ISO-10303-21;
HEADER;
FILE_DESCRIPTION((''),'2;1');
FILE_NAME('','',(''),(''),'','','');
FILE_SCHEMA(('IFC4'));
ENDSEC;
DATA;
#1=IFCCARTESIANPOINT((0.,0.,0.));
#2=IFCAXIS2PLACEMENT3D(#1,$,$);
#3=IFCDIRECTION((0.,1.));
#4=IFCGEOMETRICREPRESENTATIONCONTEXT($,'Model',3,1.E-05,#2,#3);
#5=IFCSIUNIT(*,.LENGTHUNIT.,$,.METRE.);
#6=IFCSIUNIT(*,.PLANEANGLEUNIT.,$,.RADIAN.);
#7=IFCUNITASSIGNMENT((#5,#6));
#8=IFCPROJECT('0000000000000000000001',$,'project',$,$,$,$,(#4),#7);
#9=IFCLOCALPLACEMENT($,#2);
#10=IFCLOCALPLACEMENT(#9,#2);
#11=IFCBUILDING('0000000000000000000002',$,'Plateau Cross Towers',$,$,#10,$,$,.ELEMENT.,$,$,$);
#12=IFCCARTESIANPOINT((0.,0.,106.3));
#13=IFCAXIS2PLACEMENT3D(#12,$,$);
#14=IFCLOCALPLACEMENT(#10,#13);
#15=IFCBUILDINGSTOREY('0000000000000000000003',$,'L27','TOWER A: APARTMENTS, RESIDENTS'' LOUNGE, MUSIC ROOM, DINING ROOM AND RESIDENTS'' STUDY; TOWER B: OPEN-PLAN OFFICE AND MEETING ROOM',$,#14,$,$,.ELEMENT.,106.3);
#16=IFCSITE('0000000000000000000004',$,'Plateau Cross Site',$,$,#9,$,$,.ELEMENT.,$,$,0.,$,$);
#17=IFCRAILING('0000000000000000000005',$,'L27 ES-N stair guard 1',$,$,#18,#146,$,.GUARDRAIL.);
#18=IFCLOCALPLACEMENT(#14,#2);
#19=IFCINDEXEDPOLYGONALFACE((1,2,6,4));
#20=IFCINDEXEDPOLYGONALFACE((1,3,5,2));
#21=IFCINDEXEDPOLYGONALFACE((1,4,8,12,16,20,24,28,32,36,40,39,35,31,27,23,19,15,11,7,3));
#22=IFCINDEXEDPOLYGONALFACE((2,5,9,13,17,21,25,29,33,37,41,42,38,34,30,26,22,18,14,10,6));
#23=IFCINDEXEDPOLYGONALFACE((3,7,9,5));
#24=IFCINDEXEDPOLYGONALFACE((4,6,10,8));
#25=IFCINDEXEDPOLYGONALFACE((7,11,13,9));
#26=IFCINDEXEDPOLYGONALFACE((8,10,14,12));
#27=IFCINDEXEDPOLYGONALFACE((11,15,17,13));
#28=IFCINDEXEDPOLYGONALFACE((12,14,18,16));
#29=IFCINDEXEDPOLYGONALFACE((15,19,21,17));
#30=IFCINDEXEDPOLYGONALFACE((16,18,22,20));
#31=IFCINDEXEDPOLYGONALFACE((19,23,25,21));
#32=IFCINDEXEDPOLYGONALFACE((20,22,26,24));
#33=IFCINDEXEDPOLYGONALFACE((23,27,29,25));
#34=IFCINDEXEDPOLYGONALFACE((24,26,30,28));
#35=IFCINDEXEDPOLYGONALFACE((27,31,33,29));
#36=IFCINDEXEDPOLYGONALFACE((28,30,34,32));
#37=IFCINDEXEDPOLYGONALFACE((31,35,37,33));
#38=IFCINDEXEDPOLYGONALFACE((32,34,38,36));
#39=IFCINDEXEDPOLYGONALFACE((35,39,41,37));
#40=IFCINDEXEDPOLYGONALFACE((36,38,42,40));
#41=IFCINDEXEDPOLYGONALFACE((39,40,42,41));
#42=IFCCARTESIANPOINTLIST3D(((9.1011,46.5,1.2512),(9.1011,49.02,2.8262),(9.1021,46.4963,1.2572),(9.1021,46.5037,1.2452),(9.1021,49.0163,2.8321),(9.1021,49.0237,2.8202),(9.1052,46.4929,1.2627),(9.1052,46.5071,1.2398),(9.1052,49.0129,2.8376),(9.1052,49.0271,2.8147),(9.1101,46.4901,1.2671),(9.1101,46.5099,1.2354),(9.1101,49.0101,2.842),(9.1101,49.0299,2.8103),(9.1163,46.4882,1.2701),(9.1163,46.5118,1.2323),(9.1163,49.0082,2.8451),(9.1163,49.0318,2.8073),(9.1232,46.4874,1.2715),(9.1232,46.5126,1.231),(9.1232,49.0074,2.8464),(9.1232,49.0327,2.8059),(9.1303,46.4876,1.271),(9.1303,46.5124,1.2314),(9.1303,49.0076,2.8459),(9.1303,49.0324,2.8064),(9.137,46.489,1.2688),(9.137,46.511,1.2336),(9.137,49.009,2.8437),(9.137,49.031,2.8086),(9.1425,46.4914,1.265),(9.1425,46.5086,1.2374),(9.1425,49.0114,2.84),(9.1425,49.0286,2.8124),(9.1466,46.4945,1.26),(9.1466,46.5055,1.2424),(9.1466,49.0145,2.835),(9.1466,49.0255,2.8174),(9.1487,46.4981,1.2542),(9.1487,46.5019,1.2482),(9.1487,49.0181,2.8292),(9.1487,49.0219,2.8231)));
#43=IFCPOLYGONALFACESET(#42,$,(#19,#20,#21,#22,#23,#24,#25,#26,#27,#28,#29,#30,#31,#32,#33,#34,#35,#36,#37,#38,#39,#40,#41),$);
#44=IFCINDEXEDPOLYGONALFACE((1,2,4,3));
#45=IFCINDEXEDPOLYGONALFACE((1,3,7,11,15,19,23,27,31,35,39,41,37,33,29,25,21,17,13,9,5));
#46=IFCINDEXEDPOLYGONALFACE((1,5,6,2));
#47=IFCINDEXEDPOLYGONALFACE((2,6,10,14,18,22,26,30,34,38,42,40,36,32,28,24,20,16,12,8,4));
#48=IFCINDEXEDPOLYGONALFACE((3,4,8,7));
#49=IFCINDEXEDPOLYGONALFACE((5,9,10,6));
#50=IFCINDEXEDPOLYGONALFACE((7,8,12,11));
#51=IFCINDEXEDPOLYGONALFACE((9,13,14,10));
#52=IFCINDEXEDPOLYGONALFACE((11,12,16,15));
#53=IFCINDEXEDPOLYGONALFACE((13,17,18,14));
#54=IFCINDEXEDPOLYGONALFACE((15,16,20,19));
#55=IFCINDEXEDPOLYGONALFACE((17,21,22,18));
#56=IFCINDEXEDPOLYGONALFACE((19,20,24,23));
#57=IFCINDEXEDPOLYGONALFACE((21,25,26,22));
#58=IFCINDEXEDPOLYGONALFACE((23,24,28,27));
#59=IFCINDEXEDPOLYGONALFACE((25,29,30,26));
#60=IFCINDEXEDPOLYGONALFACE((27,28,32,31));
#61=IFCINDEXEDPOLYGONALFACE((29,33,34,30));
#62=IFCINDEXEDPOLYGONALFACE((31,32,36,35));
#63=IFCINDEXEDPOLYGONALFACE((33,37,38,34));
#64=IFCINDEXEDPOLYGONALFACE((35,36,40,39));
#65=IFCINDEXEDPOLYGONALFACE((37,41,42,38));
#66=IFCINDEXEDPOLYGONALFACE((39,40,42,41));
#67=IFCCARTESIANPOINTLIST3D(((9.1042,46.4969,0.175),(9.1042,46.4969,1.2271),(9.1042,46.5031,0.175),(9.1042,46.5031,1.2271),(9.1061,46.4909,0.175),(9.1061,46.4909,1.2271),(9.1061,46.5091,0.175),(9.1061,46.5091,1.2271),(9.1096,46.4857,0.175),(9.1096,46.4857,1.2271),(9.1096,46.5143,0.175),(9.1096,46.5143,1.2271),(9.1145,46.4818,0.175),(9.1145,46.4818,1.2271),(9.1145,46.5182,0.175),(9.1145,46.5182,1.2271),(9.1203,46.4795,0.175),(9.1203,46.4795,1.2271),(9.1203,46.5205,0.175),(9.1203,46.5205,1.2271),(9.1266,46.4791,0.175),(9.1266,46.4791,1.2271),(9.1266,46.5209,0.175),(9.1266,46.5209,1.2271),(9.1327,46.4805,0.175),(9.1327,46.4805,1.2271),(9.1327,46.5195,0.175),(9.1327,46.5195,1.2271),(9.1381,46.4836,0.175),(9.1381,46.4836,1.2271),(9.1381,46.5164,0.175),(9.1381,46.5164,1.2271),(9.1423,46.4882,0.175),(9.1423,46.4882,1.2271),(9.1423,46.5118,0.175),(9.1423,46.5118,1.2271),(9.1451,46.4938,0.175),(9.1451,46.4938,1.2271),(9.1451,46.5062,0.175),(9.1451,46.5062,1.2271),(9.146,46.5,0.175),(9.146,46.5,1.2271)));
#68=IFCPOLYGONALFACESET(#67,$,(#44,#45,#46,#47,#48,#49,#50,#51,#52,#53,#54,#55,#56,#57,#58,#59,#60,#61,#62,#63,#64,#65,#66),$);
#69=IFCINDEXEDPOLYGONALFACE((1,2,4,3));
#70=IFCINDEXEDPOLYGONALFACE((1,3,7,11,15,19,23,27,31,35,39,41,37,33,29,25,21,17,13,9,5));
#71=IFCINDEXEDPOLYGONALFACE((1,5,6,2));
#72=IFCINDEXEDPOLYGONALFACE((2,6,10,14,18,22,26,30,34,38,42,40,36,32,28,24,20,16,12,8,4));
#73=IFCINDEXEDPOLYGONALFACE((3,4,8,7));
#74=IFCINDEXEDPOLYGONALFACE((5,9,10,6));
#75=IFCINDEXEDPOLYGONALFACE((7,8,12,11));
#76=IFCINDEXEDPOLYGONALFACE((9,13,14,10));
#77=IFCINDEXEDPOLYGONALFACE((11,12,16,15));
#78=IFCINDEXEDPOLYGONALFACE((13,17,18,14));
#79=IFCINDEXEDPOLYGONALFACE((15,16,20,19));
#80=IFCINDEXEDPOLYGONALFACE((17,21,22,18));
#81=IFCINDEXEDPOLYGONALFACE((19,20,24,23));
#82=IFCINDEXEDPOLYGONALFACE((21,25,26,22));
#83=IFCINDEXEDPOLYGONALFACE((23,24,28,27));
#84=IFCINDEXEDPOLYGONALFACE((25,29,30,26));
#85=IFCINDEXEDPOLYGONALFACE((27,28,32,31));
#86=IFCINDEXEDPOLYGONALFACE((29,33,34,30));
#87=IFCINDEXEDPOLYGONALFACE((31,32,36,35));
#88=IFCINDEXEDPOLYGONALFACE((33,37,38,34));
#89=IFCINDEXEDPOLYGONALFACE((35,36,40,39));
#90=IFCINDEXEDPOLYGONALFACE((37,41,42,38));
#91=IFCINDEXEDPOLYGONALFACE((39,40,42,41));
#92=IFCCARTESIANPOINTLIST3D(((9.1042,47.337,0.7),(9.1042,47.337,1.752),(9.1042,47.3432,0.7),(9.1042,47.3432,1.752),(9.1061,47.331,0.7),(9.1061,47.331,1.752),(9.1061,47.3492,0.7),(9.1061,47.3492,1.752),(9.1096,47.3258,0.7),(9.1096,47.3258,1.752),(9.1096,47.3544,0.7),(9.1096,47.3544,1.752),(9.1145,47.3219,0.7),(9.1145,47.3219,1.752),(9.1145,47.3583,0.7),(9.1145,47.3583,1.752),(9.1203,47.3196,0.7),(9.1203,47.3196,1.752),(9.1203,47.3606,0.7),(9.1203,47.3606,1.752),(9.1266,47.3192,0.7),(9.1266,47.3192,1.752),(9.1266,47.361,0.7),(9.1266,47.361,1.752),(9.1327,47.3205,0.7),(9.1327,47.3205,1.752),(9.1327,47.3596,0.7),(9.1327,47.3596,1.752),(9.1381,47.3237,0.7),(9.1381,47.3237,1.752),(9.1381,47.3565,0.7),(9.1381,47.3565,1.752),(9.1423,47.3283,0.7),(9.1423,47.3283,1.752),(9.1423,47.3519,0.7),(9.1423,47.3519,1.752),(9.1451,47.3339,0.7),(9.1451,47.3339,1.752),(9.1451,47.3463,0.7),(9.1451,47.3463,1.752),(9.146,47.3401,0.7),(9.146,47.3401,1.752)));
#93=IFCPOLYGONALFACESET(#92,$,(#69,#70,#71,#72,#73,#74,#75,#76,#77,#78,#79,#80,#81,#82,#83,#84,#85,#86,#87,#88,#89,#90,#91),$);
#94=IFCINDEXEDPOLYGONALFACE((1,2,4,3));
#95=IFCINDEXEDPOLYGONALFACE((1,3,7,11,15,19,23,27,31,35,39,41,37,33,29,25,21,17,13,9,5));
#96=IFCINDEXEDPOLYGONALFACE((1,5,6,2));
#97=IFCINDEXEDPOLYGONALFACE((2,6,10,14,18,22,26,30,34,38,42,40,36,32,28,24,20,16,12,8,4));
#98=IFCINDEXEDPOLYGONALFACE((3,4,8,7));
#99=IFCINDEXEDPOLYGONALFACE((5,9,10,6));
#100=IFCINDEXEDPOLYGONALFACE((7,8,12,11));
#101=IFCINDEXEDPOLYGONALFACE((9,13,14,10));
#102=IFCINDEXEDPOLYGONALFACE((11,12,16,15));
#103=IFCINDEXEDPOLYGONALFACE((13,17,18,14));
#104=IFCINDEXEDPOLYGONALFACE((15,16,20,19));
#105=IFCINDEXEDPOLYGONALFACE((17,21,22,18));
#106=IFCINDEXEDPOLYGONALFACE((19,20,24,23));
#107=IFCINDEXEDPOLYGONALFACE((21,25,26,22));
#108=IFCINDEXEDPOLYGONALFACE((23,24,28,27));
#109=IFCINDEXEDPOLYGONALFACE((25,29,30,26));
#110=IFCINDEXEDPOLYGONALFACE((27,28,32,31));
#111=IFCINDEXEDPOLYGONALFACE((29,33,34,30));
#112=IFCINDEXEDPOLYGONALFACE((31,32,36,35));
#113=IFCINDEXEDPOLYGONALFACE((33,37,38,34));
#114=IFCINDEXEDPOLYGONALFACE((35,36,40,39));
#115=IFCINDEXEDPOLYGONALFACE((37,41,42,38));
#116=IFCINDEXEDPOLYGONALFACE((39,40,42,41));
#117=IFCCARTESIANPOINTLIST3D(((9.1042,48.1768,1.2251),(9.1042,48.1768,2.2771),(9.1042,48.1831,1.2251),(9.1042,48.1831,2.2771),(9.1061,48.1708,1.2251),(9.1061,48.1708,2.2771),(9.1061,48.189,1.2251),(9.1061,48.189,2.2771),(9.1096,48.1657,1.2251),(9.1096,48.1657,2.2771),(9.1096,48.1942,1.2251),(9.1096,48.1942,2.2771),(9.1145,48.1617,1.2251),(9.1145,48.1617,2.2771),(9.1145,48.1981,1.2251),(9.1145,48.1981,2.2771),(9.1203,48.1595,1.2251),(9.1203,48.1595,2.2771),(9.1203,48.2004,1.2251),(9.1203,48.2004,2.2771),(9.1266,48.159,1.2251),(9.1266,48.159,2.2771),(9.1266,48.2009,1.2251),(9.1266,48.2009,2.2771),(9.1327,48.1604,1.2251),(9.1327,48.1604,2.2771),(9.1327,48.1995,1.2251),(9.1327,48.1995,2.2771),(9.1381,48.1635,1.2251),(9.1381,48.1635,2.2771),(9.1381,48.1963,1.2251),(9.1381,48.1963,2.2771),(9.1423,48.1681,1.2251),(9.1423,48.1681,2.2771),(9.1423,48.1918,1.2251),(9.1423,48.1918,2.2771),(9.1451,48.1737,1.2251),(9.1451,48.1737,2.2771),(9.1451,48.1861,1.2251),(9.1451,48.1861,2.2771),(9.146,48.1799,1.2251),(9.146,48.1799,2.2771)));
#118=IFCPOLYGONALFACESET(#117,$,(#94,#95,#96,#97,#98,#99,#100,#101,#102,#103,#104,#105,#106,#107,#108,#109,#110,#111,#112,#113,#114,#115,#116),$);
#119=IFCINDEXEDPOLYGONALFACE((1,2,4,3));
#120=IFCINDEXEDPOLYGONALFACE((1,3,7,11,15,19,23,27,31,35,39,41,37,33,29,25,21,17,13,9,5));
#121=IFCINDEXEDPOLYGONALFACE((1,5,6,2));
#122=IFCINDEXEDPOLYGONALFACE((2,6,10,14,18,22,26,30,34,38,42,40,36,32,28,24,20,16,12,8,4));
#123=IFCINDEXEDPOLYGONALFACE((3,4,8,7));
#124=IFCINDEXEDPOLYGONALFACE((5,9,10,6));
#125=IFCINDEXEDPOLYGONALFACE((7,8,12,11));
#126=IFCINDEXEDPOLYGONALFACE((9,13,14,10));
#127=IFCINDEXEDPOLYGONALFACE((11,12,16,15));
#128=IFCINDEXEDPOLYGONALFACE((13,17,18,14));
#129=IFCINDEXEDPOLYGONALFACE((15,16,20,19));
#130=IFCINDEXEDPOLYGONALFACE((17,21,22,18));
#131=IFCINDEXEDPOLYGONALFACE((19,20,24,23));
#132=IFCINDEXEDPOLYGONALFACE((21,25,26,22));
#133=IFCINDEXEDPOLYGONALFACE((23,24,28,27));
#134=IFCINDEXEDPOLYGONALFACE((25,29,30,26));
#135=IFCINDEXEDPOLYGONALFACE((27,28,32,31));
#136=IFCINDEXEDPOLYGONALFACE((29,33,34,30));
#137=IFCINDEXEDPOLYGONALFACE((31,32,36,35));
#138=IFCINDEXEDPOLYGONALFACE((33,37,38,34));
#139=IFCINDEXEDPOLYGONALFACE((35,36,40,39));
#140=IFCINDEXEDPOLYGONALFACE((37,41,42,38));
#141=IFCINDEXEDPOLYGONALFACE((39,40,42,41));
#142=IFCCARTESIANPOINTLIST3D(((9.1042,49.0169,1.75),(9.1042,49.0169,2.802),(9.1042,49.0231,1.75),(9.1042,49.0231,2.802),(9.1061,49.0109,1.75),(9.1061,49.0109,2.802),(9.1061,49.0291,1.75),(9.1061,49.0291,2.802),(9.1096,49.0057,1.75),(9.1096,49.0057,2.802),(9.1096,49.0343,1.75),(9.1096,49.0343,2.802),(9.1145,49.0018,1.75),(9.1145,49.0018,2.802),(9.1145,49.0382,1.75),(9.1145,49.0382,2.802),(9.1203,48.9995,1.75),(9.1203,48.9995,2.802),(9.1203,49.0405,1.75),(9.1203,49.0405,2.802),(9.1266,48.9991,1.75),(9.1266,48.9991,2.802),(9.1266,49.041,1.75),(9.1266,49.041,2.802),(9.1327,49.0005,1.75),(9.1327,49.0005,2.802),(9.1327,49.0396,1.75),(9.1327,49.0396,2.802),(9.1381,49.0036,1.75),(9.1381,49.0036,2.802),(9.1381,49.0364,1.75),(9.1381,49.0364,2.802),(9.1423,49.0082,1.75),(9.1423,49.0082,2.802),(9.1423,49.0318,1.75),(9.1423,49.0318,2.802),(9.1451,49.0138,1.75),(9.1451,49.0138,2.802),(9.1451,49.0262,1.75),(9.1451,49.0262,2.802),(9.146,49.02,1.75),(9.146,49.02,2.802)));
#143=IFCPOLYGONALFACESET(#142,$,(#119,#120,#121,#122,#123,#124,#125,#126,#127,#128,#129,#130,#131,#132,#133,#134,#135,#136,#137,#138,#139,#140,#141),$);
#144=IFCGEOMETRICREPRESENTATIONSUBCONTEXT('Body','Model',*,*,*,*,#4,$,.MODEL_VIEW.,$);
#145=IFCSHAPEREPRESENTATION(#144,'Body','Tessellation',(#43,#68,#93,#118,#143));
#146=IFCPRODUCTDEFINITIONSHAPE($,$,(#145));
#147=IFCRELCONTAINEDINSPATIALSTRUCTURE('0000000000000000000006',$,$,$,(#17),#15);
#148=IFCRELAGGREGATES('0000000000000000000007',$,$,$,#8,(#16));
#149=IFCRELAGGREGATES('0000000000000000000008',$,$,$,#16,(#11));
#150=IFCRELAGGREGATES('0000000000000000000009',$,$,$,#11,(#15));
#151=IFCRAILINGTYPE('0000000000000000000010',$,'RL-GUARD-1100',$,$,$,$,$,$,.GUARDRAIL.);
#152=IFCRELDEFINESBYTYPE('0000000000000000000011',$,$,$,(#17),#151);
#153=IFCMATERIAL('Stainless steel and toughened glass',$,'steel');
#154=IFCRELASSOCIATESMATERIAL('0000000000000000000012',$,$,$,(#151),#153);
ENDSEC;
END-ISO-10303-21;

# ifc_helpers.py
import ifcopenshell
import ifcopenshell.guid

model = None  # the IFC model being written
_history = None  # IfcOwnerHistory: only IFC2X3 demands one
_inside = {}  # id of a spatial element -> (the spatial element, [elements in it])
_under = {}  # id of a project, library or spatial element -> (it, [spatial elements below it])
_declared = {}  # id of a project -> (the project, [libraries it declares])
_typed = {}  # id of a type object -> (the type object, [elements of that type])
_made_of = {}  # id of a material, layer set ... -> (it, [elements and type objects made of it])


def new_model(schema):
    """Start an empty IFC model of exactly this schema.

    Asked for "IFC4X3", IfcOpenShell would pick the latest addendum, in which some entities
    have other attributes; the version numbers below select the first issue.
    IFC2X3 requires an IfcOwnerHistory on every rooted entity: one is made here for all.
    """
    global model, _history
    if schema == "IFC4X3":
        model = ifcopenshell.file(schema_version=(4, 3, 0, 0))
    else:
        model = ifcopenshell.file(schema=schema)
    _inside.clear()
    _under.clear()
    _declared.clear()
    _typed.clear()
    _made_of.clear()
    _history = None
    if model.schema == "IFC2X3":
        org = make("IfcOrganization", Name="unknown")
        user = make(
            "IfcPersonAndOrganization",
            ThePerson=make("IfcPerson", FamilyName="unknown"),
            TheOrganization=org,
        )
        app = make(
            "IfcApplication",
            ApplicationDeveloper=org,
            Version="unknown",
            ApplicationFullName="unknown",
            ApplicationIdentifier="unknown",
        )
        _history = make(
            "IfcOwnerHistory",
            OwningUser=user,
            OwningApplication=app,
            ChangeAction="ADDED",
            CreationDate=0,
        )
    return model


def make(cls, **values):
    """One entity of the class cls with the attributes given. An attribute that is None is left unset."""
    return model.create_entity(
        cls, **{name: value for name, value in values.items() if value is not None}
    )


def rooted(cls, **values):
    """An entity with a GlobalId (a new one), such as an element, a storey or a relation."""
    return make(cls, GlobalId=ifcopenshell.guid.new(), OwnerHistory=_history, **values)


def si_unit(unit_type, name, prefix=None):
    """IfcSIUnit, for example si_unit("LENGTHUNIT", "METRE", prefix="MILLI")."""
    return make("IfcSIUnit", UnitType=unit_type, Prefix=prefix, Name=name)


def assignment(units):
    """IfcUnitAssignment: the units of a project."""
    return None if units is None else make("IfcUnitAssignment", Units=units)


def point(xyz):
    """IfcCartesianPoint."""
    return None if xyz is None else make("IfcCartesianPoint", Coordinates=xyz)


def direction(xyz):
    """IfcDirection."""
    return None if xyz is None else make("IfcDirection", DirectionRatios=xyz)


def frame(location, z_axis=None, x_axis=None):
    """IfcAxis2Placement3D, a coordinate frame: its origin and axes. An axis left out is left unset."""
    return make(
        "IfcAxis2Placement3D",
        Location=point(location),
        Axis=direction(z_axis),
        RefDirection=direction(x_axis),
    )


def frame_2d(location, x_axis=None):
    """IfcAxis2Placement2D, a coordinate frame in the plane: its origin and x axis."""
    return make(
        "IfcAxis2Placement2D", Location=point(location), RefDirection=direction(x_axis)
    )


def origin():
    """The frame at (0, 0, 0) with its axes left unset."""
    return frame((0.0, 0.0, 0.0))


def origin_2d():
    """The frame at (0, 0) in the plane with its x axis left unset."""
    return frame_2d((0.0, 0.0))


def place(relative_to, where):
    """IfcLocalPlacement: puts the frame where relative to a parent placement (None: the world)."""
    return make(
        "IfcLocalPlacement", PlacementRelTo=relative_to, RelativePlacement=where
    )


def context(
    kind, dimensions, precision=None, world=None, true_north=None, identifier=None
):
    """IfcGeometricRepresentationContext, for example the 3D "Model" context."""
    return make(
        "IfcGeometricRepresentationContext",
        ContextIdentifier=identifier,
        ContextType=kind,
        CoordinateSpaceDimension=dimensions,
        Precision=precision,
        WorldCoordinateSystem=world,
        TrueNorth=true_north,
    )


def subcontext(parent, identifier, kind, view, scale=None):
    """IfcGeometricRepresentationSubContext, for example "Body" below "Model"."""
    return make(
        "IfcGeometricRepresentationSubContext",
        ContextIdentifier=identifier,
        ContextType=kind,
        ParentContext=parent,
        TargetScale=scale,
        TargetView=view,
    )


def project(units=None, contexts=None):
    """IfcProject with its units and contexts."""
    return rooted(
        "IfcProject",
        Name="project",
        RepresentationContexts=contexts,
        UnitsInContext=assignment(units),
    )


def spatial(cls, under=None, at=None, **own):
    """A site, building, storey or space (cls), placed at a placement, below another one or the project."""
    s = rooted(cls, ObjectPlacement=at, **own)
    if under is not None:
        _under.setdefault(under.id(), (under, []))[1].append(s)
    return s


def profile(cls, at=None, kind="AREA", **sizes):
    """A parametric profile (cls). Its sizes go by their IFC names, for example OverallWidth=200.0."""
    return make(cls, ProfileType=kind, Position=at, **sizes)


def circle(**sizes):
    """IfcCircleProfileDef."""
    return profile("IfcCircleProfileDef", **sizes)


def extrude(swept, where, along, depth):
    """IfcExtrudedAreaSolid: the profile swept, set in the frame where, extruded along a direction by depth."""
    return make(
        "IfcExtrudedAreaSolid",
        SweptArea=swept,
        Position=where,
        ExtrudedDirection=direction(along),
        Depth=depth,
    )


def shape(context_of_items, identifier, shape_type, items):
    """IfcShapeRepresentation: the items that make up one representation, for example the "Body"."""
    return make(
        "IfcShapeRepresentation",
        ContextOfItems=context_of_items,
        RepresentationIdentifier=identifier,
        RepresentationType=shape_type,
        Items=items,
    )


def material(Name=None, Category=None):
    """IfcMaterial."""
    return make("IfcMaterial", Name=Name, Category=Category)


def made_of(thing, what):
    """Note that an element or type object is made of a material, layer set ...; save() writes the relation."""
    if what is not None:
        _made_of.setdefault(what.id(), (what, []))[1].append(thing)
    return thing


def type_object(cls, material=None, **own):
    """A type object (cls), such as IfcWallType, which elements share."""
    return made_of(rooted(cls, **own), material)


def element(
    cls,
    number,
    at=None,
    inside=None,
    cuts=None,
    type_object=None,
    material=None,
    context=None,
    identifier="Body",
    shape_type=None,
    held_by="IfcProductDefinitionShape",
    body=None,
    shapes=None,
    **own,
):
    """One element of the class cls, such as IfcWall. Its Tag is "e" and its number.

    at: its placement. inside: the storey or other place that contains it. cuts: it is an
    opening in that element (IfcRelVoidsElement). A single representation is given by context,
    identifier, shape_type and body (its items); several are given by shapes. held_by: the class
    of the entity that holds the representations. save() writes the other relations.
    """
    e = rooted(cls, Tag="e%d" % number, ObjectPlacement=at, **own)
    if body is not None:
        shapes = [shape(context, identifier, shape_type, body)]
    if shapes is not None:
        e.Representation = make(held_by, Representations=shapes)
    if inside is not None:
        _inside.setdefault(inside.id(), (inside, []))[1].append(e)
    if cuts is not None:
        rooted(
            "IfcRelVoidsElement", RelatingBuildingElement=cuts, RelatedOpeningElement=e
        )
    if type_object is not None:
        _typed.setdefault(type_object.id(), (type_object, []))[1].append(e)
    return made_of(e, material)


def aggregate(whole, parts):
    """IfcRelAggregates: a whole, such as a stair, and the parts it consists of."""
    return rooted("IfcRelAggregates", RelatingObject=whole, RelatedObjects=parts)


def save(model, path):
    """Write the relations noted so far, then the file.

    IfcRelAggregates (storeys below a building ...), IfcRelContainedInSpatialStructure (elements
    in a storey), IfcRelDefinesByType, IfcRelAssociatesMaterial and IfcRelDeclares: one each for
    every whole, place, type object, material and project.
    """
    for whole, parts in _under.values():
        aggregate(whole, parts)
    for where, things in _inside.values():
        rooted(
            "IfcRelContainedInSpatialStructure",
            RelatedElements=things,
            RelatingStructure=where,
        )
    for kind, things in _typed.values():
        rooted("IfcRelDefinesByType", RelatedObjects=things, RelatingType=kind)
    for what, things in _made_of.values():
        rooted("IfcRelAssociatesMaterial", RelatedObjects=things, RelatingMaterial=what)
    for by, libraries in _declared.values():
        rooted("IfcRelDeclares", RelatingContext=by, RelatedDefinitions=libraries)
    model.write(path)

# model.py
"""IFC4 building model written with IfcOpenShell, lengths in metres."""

from ifc_helpers import new_model, si_unit, direction, frame, origin, origin_2d, place, context, subcontext, project, spatial, circle, extrude, material, type_object, element, save


model = new_model("IFC4")

# Units and contexts
model_context = context("Model", 3, precision=1e-05, world=origin(), true_north=direction((0.0, 1.0)))
body_context = subcontext(model_context, "Body", "Model", "MODEL_VIEW")
ifc_project = project(units=[si_unit("LENGTHUNIT", "METRE"), si_unit("PLANEANGLEUNIT", "RADIAN")], contexts=[model_context])

# Site, building, storey
site_placement = place(None, origin())
site = spatial("IfcSite", under=ifc_project, at=site_placement, Name="Plateau Cross Site", CompositionType="ELEMENT", RefElevation=0.0)
building_placement = place(site_placement, origin())
building = spatial("IfcBuilding", under=site, at=building_placement, Name="Plateau Cross Towers", CompositionType="ELEMENT")
storey_placement = place(building_placement, frame((0.0, 0.0, 106.3)))
storey = spatial("IfcBuildingStorey", under=building, at=storey_placement, Name="L27", Description="TOWER A: APARTMENTS, RESIDENTS' LOUNGE, MUSIC ROOM, DINING ROOM AND RESIDENTS' STUDY; TOWER B: OPEN-PLAN OFFICE AND MEETING ROOM", CompositionType="ELEMENT", Elevation=106.3)

# Railing
ifc_material_1 = material(Name="Stainless steel and toughened glass", Category="steel")
railing_type_1 = type_object("IfcRailingType", Name="RL-GUARD-1100", PredefinedType="GUARDRAIL", material=ifc_material_1)
railing_1_placement = place(storey_placement, frame((9.125, 46.5, 0.175)))
element("IfcRailing", 1, at=railing_1_placement, inside=storey, type_object=railing_type_1, Name="L27 ES-N stair guard 1", PredefinedType="GUARDRAIL", context=body_context, shape_type="SweptSolid", body=[
    extrude(circle(Radius=0.0239, at=origin_2d()), frame((0.0, 0.0, 1.0762), z_axis=(0.0, 0.848008, 0.529984), x_axis=(-1.0, 0.0, 0.0)), (0.0, 0.0, 1.0), 2.9717),
    extrude(circle(Radius=0.021, at=origin_2d()), origin(), (0.0, 0.0, 1.0), 1.052),
    extrude(circle(Radius=0.021, at=origin_2d()), frame((0.0, 0.8401, 0.5249)), (0.0, 0.0, 1.0), 1.052),
    extrude(circle(Radius=0.021, at=origin_2d()), frame((0.0, 1.6799, 1.05)), (0.0, 0.0, 1.0), 1.052),
    extrude(circle(Radius=0.021, at=origin_2d()), frame((0.0, 2.52, 1.575)), (0.0, 0.0, 1.0), 1.052),
])

save(model, "model.ifc")
